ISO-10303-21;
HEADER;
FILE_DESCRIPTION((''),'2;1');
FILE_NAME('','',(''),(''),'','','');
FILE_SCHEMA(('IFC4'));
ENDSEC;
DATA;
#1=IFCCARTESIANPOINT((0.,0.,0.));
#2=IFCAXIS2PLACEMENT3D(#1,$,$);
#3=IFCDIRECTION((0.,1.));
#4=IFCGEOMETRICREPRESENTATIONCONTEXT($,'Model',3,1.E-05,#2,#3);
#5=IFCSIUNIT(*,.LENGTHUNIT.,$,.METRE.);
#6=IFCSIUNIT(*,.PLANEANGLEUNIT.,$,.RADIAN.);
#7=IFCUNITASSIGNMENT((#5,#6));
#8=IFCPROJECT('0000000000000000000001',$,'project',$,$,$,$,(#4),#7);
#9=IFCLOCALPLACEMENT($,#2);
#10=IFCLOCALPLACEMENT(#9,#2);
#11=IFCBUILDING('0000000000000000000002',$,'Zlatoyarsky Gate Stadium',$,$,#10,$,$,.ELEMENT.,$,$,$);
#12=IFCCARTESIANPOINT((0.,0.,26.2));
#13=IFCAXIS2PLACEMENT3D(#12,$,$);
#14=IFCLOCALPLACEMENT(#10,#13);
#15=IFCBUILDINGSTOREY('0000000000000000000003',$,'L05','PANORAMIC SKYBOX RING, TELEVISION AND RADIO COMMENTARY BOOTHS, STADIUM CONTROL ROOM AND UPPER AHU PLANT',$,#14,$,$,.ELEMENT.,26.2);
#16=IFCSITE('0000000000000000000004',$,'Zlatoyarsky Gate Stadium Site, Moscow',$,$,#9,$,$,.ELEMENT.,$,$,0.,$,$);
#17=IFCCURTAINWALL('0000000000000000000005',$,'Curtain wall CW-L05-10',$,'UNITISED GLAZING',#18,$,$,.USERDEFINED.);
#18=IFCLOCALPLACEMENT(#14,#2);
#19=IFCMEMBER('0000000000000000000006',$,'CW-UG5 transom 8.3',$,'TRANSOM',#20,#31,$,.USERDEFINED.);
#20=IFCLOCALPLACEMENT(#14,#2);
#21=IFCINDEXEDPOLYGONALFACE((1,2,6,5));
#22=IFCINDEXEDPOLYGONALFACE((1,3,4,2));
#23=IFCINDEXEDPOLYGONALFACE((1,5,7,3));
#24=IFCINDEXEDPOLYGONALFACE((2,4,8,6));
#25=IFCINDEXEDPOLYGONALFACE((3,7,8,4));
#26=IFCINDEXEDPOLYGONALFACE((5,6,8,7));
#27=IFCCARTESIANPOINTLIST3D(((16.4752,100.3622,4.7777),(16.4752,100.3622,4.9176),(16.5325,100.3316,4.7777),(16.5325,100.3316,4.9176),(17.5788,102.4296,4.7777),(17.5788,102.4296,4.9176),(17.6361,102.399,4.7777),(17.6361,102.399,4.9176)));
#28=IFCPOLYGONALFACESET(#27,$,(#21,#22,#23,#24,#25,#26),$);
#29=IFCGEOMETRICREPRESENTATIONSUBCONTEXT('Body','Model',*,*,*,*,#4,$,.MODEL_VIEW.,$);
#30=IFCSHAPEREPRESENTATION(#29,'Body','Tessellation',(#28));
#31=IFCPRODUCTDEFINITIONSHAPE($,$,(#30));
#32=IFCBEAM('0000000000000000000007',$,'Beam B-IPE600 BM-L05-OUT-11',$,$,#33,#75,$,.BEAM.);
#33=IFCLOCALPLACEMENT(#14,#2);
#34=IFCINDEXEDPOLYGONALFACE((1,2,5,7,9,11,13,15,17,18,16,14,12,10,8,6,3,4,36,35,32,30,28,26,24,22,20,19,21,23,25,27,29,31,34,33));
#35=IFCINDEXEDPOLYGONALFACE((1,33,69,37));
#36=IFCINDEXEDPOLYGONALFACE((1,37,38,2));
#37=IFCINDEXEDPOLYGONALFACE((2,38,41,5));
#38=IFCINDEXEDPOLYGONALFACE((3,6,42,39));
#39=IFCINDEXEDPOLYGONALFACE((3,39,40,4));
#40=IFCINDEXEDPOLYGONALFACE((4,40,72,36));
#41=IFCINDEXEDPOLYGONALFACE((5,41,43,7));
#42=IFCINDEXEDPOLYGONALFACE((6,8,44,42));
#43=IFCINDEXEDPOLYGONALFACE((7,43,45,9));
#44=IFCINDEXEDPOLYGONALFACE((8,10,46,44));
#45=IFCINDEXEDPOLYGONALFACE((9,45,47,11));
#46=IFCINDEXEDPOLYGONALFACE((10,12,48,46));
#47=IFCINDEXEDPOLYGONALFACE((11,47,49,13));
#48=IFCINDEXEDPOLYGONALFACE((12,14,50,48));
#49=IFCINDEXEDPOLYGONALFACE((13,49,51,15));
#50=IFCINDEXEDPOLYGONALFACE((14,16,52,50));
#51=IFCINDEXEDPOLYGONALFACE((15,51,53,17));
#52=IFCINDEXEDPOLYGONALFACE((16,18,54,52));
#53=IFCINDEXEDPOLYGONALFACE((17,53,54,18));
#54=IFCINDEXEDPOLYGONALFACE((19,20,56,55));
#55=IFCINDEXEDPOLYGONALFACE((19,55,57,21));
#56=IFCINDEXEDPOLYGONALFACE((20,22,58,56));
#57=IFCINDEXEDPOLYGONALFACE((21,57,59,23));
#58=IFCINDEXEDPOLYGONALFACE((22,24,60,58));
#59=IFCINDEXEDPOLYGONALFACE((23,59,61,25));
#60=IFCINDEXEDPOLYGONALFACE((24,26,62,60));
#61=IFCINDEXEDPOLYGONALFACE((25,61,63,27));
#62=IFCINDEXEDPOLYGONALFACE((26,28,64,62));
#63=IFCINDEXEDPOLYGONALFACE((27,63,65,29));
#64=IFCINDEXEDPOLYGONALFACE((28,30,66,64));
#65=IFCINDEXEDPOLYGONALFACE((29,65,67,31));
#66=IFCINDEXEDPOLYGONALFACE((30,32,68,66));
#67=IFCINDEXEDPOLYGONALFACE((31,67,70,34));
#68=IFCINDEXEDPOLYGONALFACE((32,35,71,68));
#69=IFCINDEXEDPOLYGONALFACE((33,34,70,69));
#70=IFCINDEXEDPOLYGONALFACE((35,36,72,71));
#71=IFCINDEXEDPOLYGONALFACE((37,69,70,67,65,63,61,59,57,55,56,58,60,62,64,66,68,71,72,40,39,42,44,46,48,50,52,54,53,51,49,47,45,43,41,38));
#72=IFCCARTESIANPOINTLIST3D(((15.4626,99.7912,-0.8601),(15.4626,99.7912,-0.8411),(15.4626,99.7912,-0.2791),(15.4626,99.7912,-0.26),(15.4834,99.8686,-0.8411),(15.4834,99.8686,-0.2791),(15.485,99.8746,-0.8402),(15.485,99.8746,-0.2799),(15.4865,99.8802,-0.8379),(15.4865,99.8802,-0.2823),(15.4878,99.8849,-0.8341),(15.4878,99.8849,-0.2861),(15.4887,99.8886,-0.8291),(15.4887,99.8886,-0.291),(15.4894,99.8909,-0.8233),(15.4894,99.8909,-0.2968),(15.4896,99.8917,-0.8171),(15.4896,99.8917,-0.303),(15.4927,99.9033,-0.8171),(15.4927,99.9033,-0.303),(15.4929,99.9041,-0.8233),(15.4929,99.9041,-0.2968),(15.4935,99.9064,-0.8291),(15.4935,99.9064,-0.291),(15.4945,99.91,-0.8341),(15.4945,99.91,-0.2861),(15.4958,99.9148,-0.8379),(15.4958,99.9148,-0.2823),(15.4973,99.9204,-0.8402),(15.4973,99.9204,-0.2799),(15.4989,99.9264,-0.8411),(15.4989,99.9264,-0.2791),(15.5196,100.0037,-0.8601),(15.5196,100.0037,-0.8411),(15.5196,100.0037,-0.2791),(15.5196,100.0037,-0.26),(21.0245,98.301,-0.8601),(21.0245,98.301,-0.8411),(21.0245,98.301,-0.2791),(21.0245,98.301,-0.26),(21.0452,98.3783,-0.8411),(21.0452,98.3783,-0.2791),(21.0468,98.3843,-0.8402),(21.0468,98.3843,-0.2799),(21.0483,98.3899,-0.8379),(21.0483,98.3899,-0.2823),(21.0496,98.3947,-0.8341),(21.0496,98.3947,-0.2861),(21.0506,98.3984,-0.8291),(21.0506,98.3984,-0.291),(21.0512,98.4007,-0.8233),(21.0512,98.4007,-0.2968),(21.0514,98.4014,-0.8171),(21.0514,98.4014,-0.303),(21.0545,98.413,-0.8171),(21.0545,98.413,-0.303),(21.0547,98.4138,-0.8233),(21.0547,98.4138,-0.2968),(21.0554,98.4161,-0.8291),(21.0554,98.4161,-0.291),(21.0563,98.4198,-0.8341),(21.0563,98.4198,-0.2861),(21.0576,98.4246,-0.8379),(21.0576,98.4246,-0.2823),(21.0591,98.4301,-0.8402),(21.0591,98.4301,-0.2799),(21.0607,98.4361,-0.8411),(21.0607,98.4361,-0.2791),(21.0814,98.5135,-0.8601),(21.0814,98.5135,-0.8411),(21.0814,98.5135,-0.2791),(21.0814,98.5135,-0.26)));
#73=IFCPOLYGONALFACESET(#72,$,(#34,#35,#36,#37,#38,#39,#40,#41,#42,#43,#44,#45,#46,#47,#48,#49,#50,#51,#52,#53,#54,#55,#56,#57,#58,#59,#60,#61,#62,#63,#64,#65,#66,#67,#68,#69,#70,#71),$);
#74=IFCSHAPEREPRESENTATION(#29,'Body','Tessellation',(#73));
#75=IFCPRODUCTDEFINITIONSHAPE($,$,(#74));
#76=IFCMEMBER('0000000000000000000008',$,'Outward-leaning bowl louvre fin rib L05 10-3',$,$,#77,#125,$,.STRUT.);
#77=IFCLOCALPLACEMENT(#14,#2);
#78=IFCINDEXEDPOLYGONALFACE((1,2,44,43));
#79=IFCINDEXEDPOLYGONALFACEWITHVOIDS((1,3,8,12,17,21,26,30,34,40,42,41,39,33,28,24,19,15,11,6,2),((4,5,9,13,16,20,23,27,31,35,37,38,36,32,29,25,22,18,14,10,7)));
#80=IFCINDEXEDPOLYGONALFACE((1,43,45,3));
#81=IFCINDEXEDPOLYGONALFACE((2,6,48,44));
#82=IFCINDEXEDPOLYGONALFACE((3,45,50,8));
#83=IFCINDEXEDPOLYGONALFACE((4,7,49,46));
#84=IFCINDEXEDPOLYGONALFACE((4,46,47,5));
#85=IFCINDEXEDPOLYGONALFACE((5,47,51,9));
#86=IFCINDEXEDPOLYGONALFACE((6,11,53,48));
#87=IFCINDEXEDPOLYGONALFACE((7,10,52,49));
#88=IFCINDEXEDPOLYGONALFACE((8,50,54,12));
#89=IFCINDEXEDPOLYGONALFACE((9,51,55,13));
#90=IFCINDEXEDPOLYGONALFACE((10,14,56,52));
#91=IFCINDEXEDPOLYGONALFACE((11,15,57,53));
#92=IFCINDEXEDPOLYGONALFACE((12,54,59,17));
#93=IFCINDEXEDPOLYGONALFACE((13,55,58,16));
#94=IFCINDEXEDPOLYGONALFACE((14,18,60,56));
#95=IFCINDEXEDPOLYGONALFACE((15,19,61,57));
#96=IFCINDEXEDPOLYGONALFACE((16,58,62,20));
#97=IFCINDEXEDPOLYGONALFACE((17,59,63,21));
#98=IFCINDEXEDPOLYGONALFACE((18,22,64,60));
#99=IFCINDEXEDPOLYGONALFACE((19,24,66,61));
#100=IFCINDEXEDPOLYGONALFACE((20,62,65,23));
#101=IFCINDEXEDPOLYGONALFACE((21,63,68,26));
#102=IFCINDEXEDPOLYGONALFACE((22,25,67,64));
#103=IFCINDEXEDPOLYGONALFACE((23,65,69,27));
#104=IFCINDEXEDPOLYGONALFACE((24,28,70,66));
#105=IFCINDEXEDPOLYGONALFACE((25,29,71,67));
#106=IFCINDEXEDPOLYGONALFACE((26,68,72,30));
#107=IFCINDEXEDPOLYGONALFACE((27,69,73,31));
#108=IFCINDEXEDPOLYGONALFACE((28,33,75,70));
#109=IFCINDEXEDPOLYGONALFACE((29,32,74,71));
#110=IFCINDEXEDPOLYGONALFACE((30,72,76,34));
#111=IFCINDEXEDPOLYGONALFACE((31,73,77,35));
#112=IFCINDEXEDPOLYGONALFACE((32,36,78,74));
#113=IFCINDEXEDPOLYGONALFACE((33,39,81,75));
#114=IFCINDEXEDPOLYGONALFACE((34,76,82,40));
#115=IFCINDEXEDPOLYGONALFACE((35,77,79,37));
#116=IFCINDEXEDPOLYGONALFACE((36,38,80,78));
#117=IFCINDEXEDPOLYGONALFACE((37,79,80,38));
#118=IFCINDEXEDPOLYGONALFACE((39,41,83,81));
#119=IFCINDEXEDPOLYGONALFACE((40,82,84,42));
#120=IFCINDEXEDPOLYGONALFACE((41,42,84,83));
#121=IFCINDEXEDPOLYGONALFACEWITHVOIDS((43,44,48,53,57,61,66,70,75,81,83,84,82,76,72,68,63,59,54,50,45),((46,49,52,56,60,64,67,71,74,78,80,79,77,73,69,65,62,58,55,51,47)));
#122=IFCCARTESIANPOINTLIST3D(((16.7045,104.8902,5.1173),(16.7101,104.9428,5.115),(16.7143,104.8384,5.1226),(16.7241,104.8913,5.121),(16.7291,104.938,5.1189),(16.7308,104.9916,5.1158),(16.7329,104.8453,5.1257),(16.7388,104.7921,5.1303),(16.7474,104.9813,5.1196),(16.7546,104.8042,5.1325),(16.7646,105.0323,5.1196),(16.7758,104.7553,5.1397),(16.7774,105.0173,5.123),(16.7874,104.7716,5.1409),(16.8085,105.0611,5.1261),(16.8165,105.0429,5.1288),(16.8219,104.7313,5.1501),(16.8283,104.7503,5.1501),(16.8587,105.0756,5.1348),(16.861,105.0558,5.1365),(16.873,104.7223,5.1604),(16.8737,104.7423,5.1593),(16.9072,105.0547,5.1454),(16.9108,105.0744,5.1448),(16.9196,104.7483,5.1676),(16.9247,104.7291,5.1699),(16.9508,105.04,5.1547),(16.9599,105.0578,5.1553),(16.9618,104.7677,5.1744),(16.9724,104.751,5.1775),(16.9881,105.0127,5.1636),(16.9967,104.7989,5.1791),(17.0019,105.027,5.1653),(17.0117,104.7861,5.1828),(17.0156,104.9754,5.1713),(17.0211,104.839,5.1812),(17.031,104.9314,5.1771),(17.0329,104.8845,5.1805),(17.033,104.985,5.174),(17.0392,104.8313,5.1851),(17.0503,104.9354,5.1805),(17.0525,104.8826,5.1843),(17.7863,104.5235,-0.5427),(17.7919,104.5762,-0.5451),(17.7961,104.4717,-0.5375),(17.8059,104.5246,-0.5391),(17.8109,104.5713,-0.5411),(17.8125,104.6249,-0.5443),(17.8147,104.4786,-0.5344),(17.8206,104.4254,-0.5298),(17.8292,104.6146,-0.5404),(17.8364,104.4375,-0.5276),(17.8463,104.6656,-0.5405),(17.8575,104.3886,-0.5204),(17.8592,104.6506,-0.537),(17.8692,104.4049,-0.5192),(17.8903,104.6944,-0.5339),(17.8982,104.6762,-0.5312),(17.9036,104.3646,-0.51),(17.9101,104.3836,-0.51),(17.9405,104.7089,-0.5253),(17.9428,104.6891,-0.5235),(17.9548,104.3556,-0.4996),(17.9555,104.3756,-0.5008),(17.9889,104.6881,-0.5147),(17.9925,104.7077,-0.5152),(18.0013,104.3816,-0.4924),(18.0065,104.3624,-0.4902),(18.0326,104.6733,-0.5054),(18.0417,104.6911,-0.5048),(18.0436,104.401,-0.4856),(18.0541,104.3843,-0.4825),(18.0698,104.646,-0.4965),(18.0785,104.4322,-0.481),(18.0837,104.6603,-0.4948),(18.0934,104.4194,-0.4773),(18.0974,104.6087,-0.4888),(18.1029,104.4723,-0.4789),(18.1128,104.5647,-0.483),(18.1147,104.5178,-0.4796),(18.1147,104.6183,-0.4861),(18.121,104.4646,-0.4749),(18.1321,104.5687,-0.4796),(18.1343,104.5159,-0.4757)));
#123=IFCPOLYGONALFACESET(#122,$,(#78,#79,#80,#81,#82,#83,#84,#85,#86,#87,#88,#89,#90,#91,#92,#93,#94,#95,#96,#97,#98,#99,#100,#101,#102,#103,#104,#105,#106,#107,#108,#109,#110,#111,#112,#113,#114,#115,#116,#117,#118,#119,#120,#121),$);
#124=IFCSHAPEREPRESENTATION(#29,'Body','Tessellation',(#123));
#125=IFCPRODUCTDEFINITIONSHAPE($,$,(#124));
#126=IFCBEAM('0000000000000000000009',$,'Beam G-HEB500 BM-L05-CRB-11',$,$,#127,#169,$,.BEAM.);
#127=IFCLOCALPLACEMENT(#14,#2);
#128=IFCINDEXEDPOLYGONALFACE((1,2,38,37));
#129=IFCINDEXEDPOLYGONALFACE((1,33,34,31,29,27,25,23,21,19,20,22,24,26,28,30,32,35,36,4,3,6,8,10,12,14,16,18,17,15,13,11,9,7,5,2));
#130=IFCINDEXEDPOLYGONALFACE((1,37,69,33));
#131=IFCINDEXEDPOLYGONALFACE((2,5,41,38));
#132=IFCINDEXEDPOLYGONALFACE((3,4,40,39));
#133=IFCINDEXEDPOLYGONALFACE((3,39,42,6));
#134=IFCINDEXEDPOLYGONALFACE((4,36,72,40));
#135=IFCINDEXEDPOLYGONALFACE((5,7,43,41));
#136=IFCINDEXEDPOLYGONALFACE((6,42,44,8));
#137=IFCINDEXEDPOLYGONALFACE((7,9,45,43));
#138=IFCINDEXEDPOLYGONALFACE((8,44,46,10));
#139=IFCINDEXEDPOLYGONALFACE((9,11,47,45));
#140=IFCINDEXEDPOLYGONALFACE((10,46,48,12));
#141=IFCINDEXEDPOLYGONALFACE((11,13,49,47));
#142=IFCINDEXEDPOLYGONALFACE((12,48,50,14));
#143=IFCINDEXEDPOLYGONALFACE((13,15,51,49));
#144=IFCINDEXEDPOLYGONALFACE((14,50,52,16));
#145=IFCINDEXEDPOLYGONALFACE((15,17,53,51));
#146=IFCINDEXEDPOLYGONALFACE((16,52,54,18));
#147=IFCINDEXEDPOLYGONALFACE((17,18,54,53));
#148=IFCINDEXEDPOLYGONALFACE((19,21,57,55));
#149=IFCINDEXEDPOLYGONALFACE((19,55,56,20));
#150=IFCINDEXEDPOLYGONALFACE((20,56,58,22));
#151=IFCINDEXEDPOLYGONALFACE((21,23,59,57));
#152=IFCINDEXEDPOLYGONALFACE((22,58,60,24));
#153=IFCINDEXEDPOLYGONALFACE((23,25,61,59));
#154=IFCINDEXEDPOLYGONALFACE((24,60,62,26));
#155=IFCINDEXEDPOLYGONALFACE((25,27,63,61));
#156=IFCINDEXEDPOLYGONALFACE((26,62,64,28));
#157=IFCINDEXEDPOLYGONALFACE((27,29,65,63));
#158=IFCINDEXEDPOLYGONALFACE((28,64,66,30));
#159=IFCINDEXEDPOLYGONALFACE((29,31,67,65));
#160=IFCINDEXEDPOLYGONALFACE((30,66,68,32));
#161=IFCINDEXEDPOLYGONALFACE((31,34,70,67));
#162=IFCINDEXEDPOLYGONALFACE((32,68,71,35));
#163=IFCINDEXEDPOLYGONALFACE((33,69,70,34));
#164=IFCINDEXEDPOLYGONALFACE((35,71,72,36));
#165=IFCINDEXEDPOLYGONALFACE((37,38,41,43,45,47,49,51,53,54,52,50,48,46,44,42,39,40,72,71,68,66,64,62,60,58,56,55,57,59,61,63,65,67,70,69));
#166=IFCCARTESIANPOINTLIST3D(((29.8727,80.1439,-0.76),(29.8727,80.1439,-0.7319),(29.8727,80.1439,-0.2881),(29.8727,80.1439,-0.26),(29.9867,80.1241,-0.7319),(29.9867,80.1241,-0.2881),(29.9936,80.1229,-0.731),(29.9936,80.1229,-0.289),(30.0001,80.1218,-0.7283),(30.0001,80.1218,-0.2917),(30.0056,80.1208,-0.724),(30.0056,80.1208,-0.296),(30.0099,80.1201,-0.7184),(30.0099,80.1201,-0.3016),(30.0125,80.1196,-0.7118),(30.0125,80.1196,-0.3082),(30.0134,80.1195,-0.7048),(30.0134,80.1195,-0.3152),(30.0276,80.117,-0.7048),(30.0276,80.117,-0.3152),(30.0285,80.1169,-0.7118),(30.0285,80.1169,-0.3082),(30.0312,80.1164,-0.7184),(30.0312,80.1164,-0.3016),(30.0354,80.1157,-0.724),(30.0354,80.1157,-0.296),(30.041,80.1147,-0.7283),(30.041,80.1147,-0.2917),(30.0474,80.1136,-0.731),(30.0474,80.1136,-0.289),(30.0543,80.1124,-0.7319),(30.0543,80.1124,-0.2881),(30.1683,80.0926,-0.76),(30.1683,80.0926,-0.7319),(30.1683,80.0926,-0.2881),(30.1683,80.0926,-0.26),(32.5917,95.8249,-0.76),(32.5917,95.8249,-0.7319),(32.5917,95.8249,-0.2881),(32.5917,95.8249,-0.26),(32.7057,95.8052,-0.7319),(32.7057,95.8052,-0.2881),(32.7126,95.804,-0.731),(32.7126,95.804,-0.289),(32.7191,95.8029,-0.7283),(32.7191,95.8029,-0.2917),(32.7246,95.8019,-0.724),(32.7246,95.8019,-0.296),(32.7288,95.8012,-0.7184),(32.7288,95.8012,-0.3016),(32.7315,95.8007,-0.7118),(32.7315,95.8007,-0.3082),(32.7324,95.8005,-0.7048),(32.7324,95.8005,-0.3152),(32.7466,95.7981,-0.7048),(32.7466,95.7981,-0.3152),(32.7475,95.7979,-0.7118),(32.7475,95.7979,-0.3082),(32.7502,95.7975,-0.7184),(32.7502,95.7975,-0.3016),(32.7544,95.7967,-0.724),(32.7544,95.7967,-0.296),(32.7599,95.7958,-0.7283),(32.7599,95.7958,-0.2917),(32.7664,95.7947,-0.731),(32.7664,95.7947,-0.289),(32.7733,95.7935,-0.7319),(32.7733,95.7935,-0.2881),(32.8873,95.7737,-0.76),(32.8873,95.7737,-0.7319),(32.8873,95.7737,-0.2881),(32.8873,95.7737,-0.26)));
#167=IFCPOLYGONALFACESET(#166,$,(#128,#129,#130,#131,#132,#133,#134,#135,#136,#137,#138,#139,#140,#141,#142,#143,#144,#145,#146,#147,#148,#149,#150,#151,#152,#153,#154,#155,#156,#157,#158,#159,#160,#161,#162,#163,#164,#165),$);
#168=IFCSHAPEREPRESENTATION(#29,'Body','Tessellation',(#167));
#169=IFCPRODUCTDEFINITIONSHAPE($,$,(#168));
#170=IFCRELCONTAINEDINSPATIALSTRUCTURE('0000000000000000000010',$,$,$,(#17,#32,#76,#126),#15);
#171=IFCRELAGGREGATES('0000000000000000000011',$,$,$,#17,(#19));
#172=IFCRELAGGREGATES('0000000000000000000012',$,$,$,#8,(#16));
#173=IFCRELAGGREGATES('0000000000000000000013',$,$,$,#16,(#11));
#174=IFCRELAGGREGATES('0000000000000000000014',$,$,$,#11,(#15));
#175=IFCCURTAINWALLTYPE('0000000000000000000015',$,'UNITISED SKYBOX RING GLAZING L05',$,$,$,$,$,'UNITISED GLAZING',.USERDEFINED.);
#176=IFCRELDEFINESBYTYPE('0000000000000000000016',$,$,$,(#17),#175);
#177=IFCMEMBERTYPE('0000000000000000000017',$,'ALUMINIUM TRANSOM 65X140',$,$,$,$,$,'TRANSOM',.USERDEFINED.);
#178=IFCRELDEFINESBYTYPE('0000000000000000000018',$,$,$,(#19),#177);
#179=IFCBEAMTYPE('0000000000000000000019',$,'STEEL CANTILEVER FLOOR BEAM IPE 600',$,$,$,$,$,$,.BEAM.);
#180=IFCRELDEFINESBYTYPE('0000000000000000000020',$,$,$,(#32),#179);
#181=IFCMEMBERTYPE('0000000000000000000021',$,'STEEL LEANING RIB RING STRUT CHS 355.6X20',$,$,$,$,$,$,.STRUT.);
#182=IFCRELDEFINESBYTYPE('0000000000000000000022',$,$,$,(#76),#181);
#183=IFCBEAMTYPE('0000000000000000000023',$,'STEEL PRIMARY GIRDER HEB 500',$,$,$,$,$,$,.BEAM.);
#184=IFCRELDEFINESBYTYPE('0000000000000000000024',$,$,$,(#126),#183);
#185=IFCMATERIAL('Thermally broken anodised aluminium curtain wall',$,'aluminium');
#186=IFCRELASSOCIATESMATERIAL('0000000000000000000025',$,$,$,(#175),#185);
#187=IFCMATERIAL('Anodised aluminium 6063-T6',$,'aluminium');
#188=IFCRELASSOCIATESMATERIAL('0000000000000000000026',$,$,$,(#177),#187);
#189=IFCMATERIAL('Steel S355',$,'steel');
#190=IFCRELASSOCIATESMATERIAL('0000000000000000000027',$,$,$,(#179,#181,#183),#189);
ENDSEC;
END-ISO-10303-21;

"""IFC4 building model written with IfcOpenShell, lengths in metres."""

from ifc_helpers import new_model, si_unit, direction, frame, origin, origin_2d, place, context, subcontext, project, spatial, rectangle, hollow_circle, i_section, extrude, material, material_profile, profile_set, type_object, element, aggregate, save


model = new_model("IFC4")

# Units and contexts
model_context = context("Model", 3, precision=1e-05, world=origin(), true_north=direction((0.0, 1.0)))
body_context = subcontext(model_context, "Body", "Model", "MODEL_VIEW")
ifc_project = project(units=[si_unit("LENGTHUNIT", "METRE"), si_unit("PLANEANGLEUNIT", "RADIAN")], contexts=[model_context])

# Site, building, storey
site_placement = place(None, origin())
site = spatial("IfcSite", under=ifc_project, at=site_placement, Name="Zlatoyarsky Gate Stadium Site, Moscow", CompositionType="ELEMENT", RefElevation=0.0)
building_placement = place(site_placement, origin())
building = spatial("IfcBuilding", under=site, at=building_placement, Name="Zlatoyarsky Gate Stadium", CompositionType="ELEMENT")
storey_placement = place(building_placement, frame((0.0, 0.0, 26.2)))
storey = spatial("IfcBuildingStorey", under=building, at=storey_placement, Name="L05", Description="PANORAMIC SKYBOX RING, TELEVISION AND RADIO COMMENTARY BOOTHS, STADIUM CONTROL ROOM AND UPPER AHU PLANT", CompositionType="ELEMENT", Elevation=26.2)

# Shared definitions
ifc_material_1 = material(Name="Steel S355", Category="steel")

# Curtain wall, member
ifc_material_2 = material(Name="Thermally broken anodised aluminium curtain wall", Category="aluminium")
curtain_wall_type = type_object("IfcCurtainWallType", Name="UNITISED SKYBOX RING GLAZING L05", ElementType="UNITISED GLAZING", PredefinedType="USERDEFINED", material=ifc_material_2)
curtain_wall_placement = place(storey_placement, origin())
curtain_wall = element("IfcCurtainWall", 1, at=curtain_wall_placement, inside=storey, type_object=curtain_wall_type, Name="Curtain wall CW-L05-10", ObjectType="UNITISED GLAZING", PredefinedType="USERDEFINED")
ifc_material_3 = material(Name="Anodised aluminium 6063-T6", Category="aluminium")
ifc_material_profile_1 = material_profile(ifc_material_3, rectangle(XDim=0.0649, YDim=0.1399, at=origin_2d()), Name="ALU 65X140")
ifc_profile_set_1 = profile_set([ifc_material_profile_1], Name="Anodised aluminium 6063-T6")
member_type_1 = type_object("IfcMemberType", Name="ALUMINIUM TRANSOM 65X140", ElementType="TRANSOM", PredefinedType="USERDEFINED", material=ifc_profile_set_1)
member_1_placement = place(storey_placement, frame((17.6074, 102.4143, 4.8477), z_axis=(-0.470891, -0.882191, 0.0), x_axis=(0.882191, -0.470891, 0.0)))
member_1 = element("IfcMember", 2, at=member_1_placement, type_object=member_type_1, Name="CW-UG5 transom 8.3", ObjectType="TRANSOM", PredefinedType="USERDEFINED", context=body_context, shape_type="SweptSolid", body=[
    extrude(rectangle(XDim=0.0649, YDim=0.1399, at=origin_2d()), origin(), (0.0, 0.0, 1.0), 2.3435),
])

# Beam
ifc_material_profile_2 = material_profile(ifc_material_1, i_section(OverallWidth=0.22, OverallDepth=0.6001, WebThickness=0.012, FlangeThickness=0.019, FilletRadius=0.0239, at=origin_2d()), Name="IPE 600")
ifc_profile_set_2 = profile_set([ifc_material_profile_2], Name="Steel S355")
beam_type_1 = type_object("IfcBeamType", Name="STEEL CANTILEVER FLOOR BEAM IPE 600", PredefinedType="BEAM", material=ifc_profile_set_2)
beam_1_placement = place(storey_placement, frame((21.053, 98.4072, -0.5601), z_axis=(-0.965927, 0.258813, 0.0), x_axis=(-0.258813, -0.965927, 0.0)))
element("IfcBeam", 3, at=beam_1_placement, inside=storey, type_object=beam_type_1, Name="Beam B-IPE600 BM-L05-OUT-11", PredefinedType="BEAM", context=body_context, shape_type="SweptSolid", body=[
    extrude(i_section(OverallWidth=0.22, OverallDepth=0.6001, WebThickness=0.012, FlangeThickness=0.019, FilletRadius=0.0239, at=origin_2d()), origin(), (0.0, 0.0, 1.0), 5.7581),
])

# Member
ifc_material_profile_3 = material_profile(ifc_material_1, hollow_circle(Radius=0.1777, WallThickness=0.02, at=origin_2d()), Name="CHS 355.6X20")
ifc_profile_set_3 = profile_set([ifc_material_profile_3], Name="Steel S355")
member_type_2 = type_object("IfcMemberType", Name="STEEL LEANING RIB RING STRUT CHS 355.6X20", PredefinedType="STRUT", material=ifc_profile_set_3)
member_2_placement = place(storey_placement, frame((17.9607, 104.533, -0.51), z_axis=(-0.187346, 0.063506, 0.980239), x_axis=(-0.321033, -0.947068, 0.0)))
element("IfcMember", 4, at=member_2_placement, inside=storey, type_object=member_type_2, Name="Outward-leaning bowl louvre fin rib L05 10-3", PredefinedType="STRUT", context=body_context, shape_type="SweptSolid", body=[
    extrude(hollow_circle(Radius=0.1777, WallThickness=0.02, at=origin_2d()), origin(), (0.0, 0.0, 1.0), 5.7742),
])

# Beam
ifc_material_profile_4 = material_profile(ifc_material_1, i_section(OverallWidth=0.3, OverallDepth=0.5, WebThickness=0.0144, FlangeThickness=0.0281, FilletRadius=0.0271, at=origin_2d()), Name="HEB 500")
ifc_profile_set_4 = profile_set([ifc_material_profile_4], Name="Steel S355")
beam_type_2 = type_object("IfcBeamType", Name="STEEL PRIMARY GIRDER HEB 500", PredefinedType="BEAM", material=ifc_profile_set_4)
beam_2_placement = place(storey_placement, frame((32.7395, 95.7993, -0.51), z_axis=(-0.170843, -0.985298, 0.0), x_axis=(0.985298, -0.170843, 0.0)))
element("IfcBeam", 5, at=beam_2_placement, inside=storey, type_object=beam_type_2, Name="Beam G-HEB500 BM-L05-CRB-11", PredefinedType="BEAM", context=body_context, shape_type="SweptSolid", body=[
    extrude(i_section(OverallWidth=0.3, OverallDepth=0.5, WebThickness=0.0144, FlangeThickness=0.0281, FilletRadius=0.0271, at=origin_2d()), origin(), (0.0, 0.0, 1.0), 15.915),
])

aggregate(curtain_wall, [member_1])

save(model, "model.ifc")
